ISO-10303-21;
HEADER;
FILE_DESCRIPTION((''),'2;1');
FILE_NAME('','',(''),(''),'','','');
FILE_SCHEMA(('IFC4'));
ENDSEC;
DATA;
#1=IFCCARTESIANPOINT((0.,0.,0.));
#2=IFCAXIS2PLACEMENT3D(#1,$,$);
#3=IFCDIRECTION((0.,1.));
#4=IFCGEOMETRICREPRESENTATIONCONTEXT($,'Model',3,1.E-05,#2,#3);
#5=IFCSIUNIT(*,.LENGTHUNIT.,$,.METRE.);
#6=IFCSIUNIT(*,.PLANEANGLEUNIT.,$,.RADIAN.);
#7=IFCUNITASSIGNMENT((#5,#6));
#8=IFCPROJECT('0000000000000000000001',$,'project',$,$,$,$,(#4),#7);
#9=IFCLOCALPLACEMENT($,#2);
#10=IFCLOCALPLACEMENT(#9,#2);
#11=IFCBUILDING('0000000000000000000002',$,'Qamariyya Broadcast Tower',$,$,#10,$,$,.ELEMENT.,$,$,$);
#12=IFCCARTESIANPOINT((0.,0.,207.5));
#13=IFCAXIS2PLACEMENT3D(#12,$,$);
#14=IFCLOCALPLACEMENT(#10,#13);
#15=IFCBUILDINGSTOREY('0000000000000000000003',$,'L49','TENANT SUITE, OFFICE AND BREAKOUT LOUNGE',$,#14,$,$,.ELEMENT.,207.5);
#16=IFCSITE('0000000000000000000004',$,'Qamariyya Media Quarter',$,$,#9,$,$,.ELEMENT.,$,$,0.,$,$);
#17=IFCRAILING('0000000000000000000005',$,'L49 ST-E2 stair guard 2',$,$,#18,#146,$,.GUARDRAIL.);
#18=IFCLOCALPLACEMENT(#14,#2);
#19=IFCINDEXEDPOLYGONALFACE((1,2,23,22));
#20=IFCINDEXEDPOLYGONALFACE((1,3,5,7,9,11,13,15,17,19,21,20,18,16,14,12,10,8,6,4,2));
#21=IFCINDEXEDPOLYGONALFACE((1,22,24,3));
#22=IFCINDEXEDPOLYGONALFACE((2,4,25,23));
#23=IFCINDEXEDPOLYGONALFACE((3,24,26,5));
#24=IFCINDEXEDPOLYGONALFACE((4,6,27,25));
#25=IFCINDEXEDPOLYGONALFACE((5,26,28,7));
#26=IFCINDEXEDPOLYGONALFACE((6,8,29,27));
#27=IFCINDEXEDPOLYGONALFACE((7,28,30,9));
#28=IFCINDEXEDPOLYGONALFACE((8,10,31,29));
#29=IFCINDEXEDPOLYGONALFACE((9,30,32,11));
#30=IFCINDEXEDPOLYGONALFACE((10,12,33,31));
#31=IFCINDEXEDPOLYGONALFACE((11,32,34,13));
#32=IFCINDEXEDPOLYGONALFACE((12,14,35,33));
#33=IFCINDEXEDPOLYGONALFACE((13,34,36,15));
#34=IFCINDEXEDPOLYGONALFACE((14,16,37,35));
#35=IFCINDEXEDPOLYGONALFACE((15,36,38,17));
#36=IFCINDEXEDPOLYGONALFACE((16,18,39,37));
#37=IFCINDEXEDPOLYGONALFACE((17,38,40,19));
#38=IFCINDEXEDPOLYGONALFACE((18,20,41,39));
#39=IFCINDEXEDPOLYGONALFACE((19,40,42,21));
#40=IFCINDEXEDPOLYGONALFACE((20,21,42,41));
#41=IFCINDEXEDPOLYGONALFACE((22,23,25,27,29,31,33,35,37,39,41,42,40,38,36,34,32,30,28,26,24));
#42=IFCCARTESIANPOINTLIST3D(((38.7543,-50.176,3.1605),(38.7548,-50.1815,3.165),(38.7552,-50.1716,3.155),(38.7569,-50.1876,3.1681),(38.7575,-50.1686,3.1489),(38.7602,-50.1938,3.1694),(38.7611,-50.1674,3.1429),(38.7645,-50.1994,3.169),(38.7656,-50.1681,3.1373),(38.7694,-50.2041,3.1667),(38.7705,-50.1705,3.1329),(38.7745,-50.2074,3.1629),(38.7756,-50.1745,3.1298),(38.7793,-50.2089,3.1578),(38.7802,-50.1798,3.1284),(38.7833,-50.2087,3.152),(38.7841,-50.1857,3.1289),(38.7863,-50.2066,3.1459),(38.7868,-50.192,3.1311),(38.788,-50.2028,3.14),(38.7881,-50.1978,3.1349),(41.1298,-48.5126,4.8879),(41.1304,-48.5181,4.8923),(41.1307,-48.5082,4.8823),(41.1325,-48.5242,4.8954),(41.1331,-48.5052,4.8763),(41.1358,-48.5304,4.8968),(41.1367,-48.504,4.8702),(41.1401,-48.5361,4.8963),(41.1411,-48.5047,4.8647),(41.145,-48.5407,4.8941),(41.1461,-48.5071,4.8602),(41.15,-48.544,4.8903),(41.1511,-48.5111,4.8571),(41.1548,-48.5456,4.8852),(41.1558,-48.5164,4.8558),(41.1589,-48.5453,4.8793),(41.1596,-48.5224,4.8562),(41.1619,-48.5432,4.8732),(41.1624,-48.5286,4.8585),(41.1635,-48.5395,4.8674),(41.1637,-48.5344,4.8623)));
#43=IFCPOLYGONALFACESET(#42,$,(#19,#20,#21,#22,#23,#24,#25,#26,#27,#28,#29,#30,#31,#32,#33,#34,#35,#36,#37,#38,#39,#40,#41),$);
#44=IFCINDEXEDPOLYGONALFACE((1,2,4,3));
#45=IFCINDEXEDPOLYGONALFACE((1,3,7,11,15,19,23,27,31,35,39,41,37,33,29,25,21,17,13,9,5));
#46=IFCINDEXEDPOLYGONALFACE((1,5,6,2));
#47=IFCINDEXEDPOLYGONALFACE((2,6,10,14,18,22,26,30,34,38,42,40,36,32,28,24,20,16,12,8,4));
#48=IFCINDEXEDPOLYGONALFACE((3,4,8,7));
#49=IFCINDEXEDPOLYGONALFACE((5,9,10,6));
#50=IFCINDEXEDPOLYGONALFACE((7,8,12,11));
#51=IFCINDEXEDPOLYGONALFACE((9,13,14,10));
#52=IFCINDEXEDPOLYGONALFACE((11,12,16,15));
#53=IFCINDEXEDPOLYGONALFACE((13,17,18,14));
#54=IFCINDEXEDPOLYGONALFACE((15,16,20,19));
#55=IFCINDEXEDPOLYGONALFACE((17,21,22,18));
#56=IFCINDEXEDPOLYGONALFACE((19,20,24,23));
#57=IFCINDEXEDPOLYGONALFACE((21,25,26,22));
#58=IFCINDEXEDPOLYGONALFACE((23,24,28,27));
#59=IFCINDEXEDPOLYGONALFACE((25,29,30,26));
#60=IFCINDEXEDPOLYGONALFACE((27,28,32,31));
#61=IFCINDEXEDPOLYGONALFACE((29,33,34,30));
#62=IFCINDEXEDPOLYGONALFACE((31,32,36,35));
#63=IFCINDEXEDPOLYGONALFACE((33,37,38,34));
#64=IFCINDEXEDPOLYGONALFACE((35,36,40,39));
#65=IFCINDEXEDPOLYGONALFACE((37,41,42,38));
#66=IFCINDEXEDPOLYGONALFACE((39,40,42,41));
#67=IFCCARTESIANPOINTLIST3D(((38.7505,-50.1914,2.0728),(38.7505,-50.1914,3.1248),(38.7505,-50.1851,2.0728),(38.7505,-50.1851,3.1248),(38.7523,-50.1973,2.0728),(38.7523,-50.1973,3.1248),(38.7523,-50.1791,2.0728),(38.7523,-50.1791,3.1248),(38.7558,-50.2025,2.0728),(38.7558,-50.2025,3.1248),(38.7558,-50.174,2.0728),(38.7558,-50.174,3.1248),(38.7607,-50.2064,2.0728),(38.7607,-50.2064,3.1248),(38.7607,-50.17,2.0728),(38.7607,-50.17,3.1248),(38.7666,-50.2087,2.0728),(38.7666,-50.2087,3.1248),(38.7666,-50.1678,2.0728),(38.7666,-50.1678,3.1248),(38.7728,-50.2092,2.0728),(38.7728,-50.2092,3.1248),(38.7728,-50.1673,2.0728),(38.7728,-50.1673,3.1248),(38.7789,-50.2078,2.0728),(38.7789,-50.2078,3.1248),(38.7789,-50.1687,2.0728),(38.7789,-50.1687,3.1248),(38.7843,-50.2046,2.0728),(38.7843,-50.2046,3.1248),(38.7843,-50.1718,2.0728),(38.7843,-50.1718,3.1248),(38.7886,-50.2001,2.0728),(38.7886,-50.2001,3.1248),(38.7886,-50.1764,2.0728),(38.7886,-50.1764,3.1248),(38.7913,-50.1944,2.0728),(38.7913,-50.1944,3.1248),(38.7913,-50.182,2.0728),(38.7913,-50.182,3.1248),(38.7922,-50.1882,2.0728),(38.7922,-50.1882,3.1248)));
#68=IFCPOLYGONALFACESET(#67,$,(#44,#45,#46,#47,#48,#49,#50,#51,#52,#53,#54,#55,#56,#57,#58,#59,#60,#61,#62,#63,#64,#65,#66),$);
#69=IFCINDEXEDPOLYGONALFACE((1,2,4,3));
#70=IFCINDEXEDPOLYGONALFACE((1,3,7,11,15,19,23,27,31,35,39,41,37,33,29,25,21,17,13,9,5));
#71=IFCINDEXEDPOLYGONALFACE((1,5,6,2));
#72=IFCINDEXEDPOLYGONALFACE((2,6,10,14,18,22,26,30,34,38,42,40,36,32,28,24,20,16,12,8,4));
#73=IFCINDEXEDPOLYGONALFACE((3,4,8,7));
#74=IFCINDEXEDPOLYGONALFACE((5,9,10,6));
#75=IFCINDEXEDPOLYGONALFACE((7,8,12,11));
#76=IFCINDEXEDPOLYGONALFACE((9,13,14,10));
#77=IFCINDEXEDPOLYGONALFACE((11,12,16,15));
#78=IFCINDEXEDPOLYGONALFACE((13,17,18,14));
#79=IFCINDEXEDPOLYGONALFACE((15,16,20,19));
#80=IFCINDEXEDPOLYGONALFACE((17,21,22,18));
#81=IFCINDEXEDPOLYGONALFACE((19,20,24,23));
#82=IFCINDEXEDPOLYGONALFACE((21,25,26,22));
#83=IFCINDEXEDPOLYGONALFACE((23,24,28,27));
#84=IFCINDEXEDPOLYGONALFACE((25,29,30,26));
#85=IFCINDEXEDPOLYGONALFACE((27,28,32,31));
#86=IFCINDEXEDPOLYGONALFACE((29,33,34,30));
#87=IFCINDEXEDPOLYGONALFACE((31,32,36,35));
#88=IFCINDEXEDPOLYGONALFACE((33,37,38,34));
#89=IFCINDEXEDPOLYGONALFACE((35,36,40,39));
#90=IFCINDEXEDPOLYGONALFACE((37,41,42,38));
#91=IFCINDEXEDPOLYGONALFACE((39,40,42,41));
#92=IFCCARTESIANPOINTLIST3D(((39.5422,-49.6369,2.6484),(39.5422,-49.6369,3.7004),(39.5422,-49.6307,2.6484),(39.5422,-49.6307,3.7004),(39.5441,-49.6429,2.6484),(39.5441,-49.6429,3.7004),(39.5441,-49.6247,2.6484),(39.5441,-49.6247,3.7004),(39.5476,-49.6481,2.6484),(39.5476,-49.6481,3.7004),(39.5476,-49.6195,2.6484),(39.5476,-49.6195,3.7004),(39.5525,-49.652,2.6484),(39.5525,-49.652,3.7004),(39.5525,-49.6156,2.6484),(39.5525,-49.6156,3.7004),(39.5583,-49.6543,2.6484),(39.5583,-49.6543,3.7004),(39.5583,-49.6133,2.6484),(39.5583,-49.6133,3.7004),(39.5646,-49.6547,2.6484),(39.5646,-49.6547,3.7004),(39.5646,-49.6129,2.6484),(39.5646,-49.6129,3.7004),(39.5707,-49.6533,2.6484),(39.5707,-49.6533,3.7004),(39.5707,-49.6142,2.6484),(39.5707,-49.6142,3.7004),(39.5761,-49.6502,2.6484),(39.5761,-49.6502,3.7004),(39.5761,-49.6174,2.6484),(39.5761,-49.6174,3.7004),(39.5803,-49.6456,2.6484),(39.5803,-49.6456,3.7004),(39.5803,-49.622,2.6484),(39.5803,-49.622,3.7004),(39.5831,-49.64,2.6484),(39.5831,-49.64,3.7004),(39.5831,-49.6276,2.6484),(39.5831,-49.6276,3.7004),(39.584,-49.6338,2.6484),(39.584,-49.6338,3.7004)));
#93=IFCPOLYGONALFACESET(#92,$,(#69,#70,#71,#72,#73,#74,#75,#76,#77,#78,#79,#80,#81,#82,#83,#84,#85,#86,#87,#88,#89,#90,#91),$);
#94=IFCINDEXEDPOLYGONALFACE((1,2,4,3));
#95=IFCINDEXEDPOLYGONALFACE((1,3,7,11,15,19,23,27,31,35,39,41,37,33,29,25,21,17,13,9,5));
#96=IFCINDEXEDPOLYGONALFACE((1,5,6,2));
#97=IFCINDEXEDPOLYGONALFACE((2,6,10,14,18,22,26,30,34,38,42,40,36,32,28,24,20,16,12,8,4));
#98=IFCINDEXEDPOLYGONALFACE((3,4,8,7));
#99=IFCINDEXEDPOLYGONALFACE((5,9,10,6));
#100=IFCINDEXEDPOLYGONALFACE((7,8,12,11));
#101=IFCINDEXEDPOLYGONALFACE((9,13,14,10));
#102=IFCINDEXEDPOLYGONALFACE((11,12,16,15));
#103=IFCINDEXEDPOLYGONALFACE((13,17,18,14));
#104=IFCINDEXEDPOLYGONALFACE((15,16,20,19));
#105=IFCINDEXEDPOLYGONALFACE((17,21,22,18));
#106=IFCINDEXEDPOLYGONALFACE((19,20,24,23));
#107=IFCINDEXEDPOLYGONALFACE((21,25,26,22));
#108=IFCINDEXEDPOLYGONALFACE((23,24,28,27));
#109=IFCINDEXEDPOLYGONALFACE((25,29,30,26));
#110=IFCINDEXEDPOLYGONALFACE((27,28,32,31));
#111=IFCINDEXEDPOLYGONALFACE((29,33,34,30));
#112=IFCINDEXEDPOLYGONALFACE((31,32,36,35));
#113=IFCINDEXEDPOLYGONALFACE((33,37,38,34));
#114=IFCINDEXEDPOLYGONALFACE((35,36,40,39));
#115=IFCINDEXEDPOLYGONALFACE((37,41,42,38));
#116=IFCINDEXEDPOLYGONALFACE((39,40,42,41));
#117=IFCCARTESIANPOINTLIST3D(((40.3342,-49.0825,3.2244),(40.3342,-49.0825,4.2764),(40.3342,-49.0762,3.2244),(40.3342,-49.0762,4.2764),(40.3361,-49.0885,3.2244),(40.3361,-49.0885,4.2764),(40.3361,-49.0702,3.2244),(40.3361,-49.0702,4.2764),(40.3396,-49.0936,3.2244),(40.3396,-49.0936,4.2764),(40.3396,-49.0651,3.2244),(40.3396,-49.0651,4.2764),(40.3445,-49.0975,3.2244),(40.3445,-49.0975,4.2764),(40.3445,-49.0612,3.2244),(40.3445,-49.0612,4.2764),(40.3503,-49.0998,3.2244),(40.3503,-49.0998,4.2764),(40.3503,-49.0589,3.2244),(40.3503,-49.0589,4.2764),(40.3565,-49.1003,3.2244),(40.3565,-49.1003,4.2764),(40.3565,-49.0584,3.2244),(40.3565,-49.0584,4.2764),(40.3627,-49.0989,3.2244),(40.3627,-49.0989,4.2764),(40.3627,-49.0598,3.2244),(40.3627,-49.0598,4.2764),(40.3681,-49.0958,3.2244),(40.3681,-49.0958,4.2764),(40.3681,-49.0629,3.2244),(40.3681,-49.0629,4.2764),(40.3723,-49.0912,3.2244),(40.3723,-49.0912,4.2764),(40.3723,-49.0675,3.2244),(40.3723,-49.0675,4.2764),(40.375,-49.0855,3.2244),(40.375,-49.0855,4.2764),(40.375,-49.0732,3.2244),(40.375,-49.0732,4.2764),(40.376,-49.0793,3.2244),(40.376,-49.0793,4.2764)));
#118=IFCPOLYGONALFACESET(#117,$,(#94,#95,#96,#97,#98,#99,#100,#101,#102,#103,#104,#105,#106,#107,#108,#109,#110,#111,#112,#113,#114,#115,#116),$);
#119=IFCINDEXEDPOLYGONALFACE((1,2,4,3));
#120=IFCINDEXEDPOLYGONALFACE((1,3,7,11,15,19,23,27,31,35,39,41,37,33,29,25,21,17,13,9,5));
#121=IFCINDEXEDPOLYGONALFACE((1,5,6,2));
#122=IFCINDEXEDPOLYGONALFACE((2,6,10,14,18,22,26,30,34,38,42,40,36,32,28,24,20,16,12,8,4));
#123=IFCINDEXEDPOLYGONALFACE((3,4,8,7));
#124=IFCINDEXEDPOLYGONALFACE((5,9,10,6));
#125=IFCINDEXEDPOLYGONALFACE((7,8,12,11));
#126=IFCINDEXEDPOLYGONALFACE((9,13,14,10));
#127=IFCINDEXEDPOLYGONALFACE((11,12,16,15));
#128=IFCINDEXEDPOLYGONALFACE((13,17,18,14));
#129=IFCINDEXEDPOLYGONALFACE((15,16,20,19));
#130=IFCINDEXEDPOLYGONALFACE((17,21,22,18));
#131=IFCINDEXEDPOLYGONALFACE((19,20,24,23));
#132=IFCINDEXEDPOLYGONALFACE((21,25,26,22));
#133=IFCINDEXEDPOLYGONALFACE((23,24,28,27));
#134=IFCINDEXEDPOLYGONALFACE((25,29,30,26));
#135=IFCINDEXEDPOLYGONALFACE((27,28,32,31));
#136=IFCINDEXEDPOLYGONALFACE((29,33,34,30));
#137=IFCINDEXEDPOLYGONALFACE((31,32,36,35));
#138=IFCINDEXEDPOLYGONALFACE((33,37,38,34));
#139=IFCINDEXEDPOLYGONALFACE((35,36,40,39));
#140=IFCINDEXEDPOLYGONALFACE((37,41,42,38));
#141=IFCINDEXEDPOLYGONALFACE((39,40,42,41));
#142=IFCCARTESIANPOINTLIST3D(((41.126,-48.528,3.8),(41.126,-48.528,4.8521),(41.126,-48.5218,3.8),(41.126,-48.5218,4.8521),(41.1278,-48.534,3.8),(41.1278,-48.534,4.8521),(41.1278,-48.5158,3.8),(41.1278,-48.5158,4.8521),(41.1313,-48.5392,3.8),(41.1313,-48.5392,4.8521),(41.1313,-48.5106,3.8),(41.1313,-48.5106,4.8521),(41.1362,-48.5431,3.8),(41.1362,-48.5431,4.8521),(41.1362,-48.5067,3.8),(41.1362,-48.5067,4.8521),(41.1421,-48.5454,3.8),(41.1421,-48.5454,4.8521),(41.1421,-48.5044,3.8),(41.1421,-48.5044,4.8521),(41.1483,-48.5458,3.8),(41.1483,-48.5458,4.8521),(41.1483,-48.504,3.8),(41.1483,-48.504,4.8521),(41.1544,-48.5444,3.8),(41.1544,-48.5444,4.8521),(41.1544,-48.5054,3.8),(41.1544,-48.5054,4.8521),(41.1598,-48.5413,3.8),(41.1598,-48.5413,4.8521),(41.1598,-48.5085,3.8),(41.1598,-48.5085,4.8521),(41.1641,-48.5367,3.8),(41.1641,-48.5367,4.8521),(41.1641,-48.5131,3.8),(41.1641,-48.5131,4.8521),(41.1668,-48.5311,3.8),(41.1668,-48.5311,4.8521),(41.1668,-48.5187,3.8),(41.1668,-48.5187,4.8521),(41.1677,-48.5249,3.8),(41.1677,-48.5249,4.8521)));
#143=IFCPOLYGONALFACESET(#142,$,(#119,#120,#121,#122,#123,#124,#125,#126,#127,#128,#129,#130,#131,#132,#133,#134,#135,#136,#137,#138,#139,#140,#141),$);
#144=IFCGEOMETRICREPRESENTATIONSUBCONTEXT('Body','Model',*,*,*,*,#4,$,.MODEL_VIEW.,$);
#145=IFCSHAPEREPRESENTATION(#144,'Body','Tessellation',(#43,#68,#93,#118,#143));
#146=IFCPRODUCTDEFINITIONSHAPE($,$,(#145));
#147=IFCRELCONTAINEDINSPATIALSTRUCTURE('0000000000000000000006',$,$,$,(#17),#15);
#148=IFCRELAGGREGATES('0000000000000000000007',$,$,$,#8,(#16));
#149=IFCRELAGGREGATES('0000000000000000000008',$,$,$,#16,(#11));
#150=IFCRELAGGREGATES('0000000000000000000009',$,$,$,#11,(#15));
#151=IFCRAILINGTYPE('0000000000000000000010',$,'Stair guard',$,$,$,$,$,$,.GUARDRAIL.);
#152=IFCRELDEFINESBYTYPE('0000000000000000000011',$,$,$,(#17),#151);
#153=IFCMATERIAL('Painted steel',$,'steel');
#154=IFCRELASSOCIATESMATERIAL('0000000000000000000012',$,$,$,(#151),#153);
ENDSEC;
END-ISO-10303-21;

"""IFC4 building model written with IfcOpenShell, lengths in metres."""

from ifc_helpers import new_model, si_unit, direction, frame, origin, origin_2d, place, context, subcontext, project, spatial, circle, extrude, material, type_object, element, save


model = new_model("IFC4")

# Units and contexts
model_context = context("Model", 3, precision=1e-05, world=origin(), true_north=direction((0.0, 1.0)))
body_context = subcontext(model_context, "Body", "Model", "MODEL_VIEW")
ifc_project = project(units=[si_unit("LENGTHUNIT", "METRE"), si_unit("PLANEANGLEUNIT", "RADIAN")], contexts=[model_context])

# Site, building, storey
site_placement = place(None, origin())
site = spatial("IfcSite", under=ifc_project, at=site_placement, Name="Qamariyya Media Quarter", CompositionType="ELEMENT", RefElevation=0.0)
building_placement = place(site_placement, origin())
building = spatial("IfcBuilding", under=site, at=building_placement, Name="Qamariyya Broadcast Tower", CompositionType="ELEMENT")
storey_placement = place(building_placement, frame((0.0, 0.0, 207.5)))
storey = spatial("IfcBuildingStorey", under=building, at=storey_placement, Name="L49", Description="TENANT SUITE, OFFICE AND BREAKOUT LOUNGE", CompositionType="ELEMENT", Elevation=207.5)

# Railing
ifc_material_1 = material(Name="Painted steel", Category="steel")
railing_type = type_object("IfcRailingType", Name="Stair guard", PredefinedType="GUARDRAIL", material=ifc_material_1)
railing_placement = place(storey_placement, frame((38.7712, -50.1882, 2.0728)))
element("IfcRailing", 1, at=railing_placement, inside=storey, type_object=railing_type, Name="L49 ST-E2 stair guard 2", PredefinedType="GUARDRAIL", context=body_context, shape_type="SweptSolid", body=[
    extrude(circle(Radius=0.0239, at=origin_2d()), frame((0.0, 0.0, 1.0762), z_axis=(0.70377, 0.492784, 0.511734), x_axis=(-0.573575, 0.819153, 0.0)), (0.0, 0.0, 1.0), 3.3755),
    extrude(circle(Radius=0.021, at=origin_2d()), origin(), (0.0, 0.0, 1.0), 1.052),
    extrude(circle(Radius=0.021, at=origin_2d()), frame((0.7917, 0.5544, 0.5757)), (0.0, 0.0, 1.0), 1.052),
    extrude(circle(Radius=0.021, at=origin_2d()), frame((1.5837, 1.1089, 1.1516)), (0.0, 0.0, 1.0), 1.052),
    extrude(circle(Radius=0.021, at=origin_2d()), frame((2.3755, 1.6633, 1.7273)), (0.0, 0.0, 1.0), 1.052),
])

save(model, "model.ifc")
